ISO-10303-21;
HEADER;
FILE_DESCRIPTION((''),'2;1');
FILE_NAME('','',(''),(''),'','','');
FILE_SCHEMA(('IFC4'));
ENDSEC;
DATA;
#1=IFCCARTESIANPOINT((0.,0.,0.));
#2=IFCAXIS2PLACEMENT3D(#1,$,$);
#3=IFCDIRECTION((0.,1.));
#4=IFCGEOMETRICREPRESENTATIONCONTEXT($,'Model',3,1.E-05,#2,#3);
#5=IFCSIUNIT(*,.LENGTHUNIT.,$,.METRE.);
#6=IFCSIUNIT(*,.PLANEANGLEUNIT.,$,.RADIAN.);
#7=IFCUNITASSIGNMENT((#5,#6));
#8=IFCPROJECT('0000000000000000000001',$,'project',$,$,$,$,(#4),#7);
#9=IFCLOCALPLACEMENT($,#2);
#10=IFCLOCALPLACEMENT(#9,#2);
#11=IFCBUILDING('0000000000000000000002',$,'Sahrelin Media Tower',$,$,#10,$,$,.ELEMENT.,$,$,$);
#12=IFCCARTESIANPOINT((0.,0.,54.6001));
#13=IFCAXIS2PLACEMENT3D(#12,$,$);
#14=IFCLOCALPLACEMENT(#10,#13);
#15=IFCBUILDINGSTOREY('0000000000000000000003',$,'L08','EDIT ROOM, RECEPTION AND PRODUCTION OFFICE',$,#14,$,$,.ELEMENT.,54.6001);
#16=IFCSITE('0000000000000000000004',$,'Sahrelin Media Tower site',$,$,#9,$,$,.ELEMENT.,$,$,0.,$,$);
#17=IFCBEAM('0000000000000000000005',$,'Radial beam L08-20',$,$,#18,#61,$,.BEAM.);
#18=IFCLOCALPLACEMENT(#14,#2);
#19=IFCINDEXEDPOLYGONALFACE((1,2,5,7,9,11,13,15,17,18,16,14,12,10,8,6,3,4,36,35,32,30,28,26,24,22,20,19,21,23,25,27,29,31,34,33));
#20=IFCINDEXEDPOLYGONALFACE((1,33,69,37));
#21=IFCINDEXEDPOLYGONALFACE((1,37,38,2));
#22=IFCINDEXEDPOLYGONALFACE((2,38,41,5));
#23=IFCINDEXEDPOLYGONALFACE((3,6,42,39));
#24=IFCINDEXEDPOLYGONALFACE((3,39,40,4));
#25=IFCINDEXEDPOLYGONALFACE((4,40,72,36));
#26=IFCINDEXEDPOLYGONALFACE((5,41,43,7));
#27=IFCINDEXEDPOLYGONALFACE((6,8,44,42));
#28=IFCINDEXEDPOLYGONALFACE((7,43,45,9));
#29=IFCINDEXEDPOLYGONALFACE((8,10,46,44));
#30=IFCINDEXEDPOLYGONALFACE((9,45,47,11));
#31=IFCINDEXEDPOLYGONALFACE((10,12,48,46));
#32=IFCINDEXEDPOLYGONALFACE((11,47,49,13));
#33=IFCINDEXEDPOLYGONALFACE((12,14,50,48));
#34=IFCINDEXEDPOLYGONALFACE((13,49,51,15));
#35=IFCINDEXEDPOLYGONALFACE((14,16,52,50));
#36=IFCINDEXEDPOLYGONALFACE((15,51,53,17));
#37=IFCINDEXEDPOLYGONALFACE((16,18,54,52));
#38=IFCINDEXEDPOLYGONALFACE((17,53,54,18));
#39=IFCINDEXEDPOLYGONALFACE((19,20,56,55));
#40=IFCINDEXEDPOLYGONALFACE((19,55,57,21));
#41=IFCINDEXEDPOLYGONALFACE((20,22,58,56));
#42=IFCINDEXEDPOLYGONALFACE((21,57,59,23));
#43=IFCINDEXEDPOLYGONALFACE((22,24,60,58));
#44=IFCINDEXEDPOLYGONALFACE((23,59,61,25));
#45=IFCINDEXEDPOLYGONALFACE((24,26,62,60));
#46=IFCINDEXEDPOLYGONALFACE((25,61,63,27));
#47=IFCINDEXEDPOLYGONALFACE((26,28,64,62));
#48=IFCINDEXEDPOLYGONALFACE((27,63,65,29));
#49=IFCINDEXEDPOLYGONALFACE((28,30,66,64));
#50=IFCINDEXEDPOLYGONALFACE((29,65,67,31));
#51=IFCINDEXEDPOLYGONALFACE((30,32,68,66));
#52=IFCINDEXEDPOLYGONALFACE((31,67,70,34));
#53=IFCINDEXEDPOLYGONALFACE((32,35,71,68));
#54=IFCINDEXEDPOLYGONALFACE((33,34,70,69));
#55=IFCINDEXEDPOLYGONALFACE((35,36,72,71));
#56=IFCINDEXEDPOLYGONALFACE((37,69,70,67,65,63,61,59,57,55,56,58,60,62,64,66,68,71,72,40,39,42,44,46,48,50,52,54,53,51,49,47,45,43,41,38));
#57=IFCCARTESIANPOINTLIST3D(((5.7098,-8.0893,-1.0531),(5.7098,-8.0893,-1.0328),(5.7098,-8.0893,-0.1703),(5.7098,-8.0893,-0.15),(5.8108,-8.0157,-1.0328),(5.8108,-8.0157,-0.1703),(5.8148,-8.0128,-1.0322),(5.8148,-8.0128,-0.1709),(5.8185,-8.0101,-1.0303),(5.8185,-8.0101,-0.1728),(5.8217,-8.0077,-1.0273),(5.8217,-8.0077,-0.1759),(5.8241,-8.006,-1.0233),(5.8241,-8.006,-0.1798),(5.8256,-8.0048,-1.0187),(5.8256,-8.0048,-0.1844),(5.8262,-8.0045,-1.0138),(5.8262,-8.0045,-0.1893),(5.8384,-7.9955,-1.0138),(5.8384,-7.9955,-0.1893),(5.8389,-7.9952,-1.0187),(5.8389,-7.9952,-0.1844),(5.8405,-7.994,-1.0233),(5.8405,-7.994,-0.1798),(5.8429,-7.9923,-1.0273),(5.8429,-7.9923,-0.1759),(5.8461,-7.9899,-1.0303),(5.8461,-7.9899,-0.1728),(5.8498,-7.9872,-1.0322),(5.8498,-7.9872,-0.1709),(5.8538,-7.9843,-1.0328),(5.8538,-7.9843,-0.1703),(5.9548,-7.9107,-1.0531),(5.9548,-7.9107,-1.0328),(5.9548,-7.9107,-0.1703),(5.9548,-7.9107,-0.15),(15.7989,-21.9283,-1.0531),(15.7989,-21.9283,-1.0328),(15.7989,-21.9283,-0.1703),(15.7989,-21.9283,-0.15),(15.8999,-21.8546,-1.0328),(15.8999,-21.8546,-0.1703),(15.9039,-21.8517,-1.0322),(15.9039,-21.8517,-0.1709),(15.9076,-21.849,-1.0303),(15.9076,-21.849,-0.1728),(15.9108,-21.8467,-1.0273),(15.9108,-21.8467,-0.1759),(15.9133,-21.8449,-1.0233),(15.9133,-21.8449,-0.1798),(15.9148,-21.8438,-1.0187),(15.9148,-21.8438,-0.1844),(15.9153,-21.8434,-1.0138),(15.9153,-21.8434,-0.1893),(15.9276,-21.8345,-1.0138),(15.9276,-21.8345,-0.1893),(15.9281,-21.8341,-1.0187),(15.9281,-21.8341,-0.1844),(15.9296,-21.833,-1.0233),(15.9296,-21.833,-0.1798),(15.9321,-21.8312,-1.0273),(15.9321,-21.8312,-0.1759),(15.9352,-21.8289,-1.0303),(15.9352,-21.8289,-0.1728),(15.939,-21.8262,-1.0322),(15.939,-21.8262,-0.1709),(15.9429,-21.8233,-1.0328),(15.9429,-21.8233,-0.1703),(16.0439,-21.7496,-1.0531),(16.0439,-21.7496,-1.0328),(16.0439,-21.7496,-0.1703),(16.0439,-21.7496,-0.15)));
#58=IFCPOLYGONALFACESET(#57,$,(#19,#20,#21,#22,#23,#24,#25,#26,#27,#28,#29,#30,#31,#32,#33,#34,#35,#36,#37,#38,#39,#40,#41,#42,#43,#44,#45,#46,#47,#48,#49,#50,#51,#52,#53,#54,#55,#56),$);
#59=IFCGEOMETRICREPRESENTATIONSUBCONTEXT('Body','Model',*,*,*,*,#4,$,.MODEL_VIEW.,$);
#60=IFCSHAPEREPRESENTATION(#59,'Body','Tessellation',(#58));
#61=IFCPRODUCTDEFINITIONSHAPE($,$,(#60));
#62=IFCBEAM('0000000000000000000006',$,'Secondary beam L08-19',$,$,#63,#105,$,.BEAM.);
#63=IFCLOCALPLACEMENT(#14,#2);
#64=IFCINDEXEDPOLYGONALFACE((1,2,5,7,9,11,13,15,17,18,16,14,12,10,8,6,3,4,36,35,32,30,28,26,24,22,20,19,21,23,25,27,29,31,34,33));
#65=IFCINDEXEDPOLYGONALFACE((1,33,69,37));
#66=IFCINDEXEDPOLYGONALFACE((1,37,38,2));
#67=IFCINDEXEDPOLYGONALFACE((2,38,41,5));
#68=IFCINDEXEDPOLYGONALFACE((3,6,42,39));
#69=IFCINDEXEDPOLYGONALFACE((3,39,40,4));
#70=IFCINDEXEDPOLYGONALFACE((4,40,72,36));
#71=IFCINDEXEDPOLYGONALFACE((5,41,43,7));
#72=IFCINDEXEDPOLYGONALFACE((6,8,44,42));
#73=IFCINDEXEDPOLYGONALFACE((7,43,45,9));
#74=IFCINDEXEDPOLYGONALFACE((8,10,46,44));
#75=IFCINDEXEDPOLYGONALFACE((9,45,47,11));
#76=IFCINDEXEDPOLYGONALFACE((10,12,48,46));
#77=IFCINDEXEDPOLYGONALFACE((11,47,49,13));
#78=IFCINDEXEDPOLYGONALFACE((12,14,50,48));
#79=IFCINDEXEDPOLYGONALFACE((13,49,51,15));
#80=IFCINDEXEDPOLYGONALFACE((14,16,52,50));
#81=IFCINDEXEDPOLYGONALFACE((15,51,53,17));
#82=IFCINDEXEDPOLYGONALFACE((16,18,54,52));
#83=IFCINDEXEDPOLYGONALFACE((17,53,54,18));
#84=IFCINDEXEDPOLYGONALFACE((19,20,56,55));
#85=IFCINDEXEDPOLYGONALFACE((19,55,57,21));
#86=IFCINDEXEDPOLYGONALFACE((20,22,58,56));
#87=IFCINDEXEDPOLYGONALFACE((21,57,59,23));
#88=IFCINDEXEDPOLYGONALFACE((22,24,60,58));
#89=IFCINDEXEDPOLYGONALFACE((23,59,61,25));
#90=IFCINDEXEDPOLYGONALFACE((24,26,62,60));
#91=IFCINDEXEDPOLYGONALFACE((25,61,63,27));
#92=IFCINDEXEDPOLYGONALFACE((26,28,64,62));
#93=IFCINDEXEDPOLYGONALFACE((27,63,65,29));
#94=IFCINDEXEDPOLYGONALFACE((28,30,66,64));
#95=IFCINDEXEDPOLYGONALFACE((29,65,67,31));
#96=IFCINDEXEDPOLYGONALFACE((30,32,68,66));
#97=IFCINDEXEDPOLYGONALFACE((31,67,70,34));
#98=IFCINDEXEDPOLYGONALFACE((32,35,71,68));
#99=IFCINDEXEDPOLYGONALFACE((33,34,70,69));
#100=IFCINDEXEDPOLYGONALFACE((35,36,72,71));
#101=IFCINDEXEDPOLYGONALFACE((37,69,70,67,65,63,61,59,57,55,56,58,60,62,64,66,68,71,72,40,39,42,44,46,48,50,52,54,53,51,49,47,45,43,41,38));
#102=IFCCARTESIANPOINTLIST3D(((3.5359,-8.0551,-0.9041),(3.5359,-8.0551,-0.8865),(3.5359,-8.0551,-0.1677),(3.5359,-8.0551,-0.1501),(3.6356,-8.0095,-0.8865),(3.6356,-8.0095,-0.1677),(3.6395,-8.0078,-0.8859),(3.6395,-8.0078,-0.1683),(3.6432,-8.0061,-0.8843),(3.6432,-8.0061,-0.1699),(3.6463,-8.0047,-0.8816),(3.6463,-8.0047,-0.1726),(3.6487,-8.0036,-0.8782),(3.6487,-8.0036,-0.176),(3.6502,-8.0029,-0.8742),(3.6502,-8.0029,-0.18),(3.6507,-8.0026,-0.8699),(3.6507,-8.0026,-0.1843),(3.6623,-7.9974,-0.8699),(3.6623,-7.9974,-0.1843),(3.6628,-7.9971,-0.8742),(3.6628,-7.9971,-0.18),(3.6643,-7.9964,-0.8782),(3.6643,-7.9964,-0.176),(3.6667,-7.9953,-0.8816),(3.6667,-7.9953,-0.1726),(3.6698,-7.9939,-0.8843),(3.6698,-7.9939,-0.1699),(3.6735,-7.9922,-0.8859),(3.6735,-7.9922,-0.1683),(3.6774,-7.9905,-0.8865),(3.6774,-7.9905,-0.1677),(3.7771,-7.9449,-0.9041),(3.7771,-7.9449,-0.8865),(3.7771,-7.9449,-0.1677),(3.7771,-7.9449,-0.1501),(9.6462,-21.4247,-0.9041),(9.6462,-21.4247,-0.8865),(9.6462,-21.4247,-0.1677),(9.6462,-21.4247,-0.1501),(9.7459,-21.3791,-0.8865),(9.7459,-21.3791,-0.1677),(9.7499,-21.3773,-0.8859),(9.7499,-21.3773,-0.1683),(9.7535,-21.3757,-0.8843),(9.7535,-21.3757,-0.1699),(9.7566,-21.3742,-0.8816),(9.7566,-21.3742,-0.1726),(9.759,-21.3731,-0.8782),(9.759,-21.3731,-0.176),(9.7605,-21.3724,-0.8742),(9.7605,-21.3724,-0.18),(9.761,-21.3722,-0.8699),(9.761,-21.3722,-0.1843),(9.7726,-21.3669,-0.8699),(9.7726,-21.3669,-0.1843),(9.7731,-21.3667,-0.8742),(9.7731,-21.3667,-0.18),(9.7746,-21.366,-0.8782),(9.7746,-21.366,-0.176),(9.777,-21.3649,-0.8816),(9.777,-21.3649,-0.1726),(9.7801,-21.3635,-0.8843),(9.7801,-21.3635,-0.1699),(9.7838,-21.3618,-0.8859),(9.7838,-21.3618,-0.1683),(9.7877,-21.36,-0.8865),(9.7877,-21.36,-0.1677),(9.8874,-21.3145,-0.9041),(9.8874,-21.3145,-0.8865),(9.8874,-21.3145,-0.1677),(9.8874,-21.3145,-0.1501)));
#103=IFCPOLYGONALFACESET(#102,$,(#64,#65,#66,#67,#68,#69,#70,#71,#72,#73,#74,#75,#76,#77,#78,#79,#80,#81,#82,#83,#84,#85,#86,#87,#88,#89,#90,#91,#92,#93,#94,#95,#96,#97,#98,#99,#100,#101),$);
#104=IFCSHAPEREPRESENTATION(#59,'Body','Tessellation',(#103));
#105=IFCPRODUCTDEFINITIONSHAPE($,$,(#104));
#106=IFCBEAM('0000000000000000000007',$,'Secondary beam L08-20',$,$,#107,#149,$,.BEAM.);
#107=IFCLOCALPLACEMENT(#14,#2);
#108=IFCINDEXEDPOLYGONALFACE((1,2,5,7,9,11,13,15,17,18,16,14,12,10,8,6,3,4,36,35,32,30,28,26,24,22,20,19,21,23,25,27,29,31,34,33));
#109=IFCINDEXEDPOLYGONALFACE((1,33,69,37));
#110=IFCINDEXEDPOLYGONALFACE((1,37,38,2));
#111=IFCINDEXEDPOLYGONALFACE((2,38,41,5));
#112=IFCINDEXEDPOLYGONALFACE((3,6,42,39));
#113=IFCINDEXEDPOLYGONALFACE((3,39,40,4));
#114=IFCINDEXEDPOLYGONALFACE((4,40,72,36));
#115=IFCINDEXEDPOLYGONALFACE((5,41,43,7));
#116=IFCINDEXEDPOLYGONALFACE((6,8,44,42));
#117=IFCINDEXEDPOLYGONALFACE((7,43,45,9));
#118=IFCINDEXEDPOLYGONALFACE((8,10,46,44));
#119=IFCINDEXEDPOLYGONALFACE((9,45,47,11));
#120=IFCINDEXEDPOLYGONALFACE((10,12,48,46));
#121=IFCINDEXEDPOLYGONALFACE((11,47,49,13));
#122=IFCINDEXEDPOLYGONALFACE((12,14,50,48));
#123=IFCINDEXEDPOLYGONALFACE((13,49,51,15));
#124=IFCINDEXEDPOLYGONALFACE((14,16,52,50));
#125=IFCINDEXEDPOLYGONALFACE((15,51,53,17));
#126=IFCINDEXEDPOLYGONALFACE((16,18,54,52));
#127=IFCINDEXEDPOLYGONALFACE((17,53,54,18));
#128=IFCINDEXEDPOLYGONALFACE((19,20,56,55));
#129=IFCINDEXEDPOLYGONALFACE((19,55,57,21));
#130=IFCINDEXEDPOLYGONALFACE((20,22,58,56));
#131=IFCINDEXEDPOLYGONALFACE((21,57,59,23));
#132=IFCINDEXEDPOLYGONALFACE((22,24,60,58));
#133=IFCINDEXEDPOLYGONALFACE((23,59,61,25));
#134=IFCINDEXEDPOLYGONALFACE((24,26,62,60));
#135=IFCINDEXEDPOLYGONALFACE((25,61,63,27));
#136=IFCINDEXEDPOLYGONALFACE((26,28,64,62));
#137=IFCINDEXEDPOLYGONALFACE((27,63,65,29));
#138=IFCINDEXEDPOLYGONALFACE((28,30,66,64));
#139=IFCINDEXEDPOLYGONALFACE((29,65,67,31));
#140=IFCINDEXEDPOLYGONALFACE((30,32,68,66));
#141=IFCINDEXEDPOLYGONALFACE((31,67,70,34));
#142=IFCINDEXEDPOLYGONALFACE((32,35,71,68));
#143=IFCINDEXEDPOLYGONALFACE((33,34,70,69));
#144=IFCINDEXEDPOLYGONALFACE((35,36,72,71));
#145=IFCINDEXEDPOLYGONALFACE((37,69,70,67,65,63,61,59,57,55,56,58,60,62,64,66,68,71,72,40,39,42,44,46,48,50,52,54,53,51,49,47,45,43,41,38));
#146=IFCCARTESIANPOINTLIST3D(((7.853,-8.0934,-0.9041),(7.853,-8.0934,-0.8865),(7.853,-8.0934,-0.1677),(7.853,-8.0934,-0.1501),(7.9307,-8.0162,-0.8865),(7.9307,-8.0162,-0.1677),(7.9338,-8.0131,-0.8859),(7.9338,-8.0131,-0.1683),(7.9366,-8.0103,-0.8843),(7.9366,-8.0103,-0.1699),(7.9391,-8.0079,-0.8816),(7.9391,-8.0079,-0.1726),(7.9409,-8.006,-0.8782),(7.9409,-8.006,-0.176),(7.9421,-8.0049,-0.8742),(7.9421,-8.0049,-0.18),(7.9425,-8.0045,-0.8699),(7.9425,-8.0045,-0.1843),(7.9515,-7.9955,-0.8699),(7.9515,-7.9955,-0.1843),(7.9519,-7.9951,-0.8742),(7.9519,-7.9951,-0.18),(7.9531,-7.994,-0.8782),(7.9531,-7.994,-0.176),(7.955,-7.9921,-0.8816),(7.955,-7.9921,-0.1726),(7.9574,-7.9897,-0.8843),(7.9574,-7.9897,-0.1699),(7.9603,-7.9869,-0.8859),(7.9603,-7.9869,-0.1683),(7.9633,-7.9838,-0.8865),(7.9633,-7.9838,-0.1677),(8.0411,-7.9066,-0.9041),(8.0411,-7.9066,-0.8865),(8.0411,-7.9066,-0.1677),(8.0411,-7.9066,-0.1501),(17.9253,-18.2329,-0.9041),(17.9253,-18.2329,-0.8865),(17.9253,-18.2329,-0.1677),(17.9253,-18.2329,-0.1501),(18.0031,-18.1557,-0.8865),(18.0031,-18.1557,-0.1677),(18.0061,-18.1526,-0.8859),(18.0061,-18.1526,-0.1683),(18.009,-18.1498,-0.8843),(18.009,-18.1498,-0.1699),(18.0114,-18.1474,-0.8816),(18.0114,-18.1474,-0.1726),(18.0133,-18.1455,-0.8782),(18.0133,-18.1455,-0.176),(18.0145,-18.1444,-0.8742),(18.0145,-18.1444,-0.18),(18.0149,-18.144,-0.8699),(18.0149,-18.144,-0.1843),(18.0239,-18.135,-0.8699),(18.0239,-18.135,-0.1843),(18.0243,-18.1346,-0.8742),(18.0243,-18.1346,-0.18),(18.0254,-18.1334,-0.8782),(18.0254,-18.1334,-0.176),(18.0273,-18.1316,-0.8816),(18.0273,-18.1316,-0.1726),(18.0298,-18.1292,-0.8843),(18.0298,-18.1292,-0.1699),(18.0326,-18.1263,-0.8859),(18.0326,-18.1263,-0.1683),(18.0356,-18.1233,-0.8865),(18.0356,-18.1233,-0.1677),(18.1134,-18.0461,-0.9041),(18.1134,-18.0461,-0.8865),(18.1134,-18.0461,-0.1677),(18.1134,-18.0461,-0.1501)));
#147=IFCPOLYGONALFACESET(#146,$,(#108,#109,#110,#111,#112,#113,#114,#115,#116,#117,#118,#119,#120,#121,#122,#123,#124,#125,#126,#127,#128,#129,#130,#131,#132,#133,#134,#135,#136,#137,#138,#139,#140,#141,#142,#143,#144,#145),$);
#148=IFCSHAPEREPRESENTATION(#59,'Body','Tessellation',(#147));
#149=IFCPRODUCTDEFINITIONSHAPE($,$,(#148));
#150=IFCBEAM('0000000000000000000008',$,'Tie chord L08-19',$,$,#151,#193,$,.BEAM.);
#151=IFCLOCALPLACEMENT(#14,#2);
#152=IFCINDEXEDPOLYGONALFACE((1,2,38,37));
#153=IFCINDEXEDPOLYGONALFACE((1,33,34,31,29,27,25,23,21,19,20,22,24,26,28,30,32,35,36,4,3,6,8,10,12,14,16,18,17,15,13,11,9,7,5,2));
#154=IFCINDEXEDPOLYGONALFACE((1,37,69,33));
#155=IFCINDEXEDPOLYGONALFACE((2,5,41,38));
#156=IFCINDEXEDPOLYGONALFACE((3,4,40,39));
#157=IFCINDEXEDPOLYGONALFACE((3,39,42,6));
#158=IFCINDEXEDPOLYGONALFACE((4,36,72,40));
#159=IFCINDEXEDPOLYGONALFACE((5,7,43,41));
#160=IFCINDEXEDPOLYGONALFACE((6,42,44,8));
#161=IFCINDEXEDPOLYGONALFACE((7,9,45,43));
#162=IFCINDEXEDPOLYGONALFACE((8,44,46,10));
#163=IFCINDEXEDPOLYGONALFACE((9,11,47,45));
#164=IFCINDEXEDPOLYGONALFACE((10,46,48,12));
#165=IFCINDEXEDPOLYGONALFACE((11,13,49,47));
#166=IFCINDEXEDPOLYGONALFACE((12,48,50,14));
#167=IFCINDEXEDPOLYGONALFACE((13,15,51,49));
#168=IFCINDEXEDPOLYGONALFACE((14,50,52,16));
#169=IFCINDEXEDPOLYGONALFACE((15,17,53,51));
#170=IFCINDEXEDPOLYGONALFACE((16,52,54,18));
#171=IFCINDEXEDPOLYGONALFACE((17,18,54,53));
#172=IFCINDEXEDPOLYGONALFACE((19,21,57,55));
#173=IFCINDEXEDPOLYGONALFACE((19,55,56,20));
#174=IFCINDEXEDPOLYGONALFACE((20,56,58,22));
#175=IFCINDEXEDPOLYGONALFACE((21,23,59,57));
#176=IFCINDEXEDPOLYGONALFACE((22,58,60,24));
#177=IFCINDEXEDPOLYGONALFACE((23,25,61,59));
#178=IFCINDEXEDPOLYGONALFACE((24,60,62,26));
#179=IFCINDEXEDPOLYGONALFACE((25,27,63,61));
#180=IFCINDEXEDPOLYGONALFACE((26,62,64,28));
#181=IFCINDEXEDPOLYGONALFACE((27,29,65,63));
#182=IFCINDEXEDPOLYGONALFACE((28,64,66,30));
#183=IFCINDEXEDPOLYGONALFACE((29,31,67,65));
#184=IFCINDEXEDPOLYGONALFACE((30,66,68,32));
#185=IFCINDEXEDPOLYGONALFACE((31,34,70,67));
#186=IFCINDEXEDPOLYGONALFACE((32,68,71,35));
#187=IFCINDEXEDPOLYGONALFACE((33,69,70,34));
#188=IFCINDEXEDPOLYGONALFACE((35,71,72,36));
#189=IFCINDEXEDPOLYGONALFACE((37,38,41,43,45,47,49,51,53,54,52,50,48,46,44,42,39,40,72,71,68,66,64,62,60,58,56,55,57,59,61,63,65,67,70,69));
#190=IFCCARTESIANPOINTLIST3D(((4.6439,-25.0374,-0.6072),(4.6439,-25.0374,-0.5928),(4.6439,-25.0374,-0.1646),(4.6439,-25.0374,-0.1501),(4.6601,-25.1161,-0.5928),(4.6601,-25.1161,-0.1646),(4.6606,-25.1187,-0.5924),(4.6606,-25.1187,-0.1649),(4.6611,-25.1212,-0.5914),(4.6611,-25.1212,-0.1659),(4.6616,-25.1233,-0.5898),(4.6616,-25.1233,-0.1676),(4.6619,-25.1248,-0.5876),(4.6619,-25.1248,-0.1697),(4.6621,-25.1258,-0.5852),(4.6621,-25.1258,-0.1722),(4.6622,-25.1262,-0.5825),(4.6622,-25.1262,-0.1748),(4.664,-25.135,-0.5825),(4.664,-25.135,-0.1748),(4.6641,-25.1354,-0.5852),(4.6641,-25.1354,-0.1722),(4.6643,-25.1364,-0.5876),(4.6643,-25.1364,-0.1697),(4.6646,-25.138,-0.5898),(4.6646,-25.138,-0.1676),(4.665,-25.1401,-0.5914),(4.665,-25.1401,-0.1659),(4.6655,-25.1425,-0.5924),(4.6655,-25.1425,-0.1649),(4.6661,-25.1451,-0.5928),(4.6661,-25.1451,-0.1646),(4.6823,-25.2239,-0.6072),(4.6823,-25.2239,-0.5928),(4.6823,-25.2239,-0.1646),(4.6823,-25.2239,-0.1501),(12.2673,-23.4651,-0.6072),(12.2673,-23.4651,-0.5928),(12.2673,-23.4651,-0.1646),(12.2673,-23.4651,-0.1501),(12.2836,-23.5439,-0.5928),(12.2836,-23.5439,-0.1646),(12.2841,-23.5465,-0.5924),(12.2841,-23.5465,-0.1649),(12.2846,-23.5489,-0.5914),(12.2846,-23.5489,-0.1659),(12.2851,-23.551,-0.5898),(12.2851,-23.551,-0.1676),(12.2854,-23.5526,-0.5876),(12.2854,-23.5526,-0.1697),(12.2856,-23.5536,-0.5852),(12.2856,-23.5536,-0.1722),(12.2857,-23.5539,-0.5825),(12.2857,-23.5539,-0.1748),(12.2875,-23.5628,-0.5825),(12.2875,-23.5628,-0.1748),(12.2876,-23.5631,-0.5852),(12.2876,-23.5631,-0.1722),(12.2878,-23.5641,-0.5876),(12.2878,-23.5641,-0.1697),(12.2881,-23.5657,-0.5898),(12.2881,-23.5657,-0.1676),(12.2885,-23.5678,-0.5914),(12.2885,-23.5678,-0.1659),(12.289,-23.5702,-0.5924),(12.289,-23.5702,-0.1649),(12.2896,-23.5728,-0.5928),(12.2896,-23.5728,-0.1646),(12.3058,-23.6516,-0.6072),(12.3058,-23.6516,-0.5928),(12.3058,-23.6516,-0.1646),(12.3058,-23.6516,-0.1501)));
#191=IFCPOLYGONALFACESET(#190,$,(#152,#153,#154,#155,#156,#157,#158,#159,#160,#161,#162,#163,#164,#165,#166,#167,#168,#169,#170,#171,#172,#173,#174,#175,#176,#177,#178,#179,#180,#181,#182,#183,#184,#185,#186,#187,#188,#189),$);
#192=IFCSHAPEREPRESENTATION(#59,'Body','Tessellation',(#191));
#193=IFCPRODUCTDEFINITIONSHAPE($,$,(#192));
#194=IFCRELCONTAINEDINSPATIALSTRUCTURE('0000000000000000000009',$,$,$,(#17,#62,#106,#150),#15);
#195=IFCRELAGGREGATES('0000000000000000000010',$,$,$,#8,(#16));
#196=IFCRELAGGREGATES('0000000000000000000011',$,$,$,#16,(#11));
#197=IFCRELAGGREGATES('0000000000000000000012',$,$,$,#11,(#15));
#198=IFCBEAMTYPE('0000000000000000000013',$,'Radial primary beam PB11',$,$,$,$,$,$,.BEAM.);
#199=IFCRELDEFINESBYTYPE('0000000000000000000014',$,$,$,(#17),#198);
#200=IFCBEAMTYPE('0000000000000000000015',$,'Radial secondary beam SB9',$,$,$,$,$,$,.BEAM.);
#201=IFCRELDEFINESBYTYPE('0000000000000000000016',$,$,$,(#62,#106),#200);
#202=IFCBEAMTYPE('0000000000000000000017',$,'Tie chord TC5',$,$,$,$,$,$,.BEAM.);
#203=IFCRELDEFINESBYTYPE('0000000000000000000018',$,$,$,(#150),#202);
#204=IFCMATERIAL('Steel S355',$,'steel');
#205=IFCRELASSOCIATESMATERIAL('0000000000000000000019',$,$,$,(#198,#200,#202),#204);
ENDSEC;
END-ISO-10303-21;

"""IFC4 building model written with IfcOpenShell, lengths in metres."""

from ifc_helpers import new_model, si_unit, direction, frame, origin, origin_2d, place, context, subcontext, project, spatial, i_section, extrude, material, material_profile, profile_set, type_object, element, save


model = new_model("IFC4")

# Units and contexts
model_context = context("Model", 3, precision=1e-05, world=origin(), true_north=direction((0.0, 1.0)))
body_context = subcontext(model_context, "Body", "Model", "MODEL_VIEW")
ifc_project = project(units=[si_unit("LENGTHUNIT", "METRE"), si_unit("PLANEANGLEUNIT", "RADIAN")], contexts=[model_context])

# Site, building, storey
site_placement = place(None, origin())
site = spatial("IfcSite", under=ifc_project, at=site_placement, Name="Sahrelin Media Tower site", CompositionType="ELEMENT", RefElevation=0.0)
building_placement = place(site_placement, origin())
building = spatial("IfcBuilding", under=site, at=building_placement, Name="Sahrelin Media Tower", CompositionType="ELEMENT")
storey_placement = place(building_placement, frame((0.0, 0.0, 54.6001)))
storey = spatial("IfcBuildingStorey", under=building, at=storey_placement, Name="L08", Description="EDIT ROOM, RECEPTION AND PRODUCTION OFFICE", CompositionType="ELEMENT", Elevation=54.6001)

# Shared definitions
ifc_material_1 = material(Name="Steel S355", Category="steel")

# Beams
ifc_material_profile_1 = material_profile(ifc_material_1, i_section(OverallWidth=0.3032, OverallDepth=0.9031, WebThickness=0.0151, FlangeThickness=0.0203, FilletRadius=0.019, at=origin_2d()), Name="UB 914x305x201")
ifc_profile_set_1 = profile_set([ifc_material_profile_1], Name="Steel S355")
beam_type_1 = type_object("IfcBeamType", Name="Radial primary beam PB11", PredefinedType="BEAM", material=ifc_profile_set_1)
beam_1_placement = place(storey_placement, frame((5.8323, -8.0, -0.6016), z_axis=(0.589106, -0.808056, 0.0), x_axis=(0.808056, 0.589106, 0.0)))
element("IfcBeam", 1, at=beam_1_placement, inside=storey, type_object=beam_type_1, Name="Radial beam L08-20", PredefinedType="BEAM", context=body_context, shape_type="SweptSolid", body=[
    extrude(i_section(OverallWidth=0.3032, OverallDepth=0.9031, WebThickness=0.0151, FlangeThickness=0.0203, FilletRadius=0.019, at=origin_2d()), origin(), (0.0, 0.0, 1.0), 17.1262),
])
ifc_material_profile_2 = material_profile(ifc_material_1, i_section(OverallWidth=0.2651, OverallDepth=0.7539, WebThickness=0.0127, FlangeThickness=0.0176, FilletRadius=0.0166, at=origin_2d()), Name="UB 762x267x147")
ifc_profile_set_2 = profile_set([ifc_material_profile_2], Name="Steel S355")
beam_type_2 = type_object("IfcBeamType", Name="Radial secondary beam SB9", PredefinedType="BEAM", material=ifc_profile_set_2)
beam_2_placement = place(storey_placement, frame((3.6565, -8.0, -0.5271), z_axis=(0.415677, -0.909513, 0.0), x_axis=(0.909513, 0.415677, 0.0)))
element("IfcBeam", 2, at=beam_2_placement, inside=storey, type_object=beam_type_2, Name="Secondary beam L08-19", PredefinedType="BEAM", context=body_context, shape_type="SweptSolid", body=[
    extrude(i_section(OverallWidth=0.2651, OverallDepth=0.7539, WebThickness=0.0127, FlangeThickness=0.0176, FilletRadius=0.0166, at=origin_2d()), origin(), (0.0, 0.0, 1.0), 14.6997),
])
beam_3_placement = place(storey_placement, frame((7.947, -8.0, -0.5271), z_axis=(0.704754, -0.709452, 0.0), x_axis=(0.709452, 0.704754, 0.0)))
element("IfcBeam", 3, at=beam_3_placement, inside=storey, type_object=beam_type_2, Name="Secondary beam L08-20", PredefinedType="BEAM", context=body_context, shape_type="SweptSolid", body=[
    extrude(i_section(OverallWidth=0.2651, OverallDepth=0.7539, WebThickness=0.0127, FlangeThickness=0.0176, FilletRadius=0.0166, at=origin_2d()), origin(), (0.0, 0.0, 1.0), 14.292),
])
ifc_material_profile_3 = material_profile(ifc_material_1, i_section(OverallWidth=0.1904, OverallDepth=0.457, WebThickness=0.009, FlangeThickness=0.0144, FilletRadius=0.0103, at=origin_2d()), Name="UB 457x191x74")
ifc_profile_set_3 = profile_set([ifc_material_profile_3], Name="Steel S355")
beam_type_3 = type_object("IfcBeamType", Name="Tie chord TC5", PredefinedType="BEAM", material=ifc_profile_set_3)
beam_4_placement = place(storey_placement, frame((4.6631, -25.1306, -0.3787), z_axis=(0.979388, 0.201987, 0.0), x_axis=(-0.201987, 0.979388, 0.0)))
element("IfcBeam", 4, at=beam_4_placement, inside=storey, type_object=beam_type_3, Name="Tie chord L08-19", PredefinedType="BEAM", context=body_context, shape_type="SweptSolid", body=[
    extrude(i_section(OverallWidth=0.1904, OverallDepth=0.457, WebThickness=0.009, FlangeThickness=0.0144, FilletRadius=0.0103, at=origin_2d()), origin(), (0.0, 0.0, 1.0), 7.7839),
])

save(model, "model.ifc")
